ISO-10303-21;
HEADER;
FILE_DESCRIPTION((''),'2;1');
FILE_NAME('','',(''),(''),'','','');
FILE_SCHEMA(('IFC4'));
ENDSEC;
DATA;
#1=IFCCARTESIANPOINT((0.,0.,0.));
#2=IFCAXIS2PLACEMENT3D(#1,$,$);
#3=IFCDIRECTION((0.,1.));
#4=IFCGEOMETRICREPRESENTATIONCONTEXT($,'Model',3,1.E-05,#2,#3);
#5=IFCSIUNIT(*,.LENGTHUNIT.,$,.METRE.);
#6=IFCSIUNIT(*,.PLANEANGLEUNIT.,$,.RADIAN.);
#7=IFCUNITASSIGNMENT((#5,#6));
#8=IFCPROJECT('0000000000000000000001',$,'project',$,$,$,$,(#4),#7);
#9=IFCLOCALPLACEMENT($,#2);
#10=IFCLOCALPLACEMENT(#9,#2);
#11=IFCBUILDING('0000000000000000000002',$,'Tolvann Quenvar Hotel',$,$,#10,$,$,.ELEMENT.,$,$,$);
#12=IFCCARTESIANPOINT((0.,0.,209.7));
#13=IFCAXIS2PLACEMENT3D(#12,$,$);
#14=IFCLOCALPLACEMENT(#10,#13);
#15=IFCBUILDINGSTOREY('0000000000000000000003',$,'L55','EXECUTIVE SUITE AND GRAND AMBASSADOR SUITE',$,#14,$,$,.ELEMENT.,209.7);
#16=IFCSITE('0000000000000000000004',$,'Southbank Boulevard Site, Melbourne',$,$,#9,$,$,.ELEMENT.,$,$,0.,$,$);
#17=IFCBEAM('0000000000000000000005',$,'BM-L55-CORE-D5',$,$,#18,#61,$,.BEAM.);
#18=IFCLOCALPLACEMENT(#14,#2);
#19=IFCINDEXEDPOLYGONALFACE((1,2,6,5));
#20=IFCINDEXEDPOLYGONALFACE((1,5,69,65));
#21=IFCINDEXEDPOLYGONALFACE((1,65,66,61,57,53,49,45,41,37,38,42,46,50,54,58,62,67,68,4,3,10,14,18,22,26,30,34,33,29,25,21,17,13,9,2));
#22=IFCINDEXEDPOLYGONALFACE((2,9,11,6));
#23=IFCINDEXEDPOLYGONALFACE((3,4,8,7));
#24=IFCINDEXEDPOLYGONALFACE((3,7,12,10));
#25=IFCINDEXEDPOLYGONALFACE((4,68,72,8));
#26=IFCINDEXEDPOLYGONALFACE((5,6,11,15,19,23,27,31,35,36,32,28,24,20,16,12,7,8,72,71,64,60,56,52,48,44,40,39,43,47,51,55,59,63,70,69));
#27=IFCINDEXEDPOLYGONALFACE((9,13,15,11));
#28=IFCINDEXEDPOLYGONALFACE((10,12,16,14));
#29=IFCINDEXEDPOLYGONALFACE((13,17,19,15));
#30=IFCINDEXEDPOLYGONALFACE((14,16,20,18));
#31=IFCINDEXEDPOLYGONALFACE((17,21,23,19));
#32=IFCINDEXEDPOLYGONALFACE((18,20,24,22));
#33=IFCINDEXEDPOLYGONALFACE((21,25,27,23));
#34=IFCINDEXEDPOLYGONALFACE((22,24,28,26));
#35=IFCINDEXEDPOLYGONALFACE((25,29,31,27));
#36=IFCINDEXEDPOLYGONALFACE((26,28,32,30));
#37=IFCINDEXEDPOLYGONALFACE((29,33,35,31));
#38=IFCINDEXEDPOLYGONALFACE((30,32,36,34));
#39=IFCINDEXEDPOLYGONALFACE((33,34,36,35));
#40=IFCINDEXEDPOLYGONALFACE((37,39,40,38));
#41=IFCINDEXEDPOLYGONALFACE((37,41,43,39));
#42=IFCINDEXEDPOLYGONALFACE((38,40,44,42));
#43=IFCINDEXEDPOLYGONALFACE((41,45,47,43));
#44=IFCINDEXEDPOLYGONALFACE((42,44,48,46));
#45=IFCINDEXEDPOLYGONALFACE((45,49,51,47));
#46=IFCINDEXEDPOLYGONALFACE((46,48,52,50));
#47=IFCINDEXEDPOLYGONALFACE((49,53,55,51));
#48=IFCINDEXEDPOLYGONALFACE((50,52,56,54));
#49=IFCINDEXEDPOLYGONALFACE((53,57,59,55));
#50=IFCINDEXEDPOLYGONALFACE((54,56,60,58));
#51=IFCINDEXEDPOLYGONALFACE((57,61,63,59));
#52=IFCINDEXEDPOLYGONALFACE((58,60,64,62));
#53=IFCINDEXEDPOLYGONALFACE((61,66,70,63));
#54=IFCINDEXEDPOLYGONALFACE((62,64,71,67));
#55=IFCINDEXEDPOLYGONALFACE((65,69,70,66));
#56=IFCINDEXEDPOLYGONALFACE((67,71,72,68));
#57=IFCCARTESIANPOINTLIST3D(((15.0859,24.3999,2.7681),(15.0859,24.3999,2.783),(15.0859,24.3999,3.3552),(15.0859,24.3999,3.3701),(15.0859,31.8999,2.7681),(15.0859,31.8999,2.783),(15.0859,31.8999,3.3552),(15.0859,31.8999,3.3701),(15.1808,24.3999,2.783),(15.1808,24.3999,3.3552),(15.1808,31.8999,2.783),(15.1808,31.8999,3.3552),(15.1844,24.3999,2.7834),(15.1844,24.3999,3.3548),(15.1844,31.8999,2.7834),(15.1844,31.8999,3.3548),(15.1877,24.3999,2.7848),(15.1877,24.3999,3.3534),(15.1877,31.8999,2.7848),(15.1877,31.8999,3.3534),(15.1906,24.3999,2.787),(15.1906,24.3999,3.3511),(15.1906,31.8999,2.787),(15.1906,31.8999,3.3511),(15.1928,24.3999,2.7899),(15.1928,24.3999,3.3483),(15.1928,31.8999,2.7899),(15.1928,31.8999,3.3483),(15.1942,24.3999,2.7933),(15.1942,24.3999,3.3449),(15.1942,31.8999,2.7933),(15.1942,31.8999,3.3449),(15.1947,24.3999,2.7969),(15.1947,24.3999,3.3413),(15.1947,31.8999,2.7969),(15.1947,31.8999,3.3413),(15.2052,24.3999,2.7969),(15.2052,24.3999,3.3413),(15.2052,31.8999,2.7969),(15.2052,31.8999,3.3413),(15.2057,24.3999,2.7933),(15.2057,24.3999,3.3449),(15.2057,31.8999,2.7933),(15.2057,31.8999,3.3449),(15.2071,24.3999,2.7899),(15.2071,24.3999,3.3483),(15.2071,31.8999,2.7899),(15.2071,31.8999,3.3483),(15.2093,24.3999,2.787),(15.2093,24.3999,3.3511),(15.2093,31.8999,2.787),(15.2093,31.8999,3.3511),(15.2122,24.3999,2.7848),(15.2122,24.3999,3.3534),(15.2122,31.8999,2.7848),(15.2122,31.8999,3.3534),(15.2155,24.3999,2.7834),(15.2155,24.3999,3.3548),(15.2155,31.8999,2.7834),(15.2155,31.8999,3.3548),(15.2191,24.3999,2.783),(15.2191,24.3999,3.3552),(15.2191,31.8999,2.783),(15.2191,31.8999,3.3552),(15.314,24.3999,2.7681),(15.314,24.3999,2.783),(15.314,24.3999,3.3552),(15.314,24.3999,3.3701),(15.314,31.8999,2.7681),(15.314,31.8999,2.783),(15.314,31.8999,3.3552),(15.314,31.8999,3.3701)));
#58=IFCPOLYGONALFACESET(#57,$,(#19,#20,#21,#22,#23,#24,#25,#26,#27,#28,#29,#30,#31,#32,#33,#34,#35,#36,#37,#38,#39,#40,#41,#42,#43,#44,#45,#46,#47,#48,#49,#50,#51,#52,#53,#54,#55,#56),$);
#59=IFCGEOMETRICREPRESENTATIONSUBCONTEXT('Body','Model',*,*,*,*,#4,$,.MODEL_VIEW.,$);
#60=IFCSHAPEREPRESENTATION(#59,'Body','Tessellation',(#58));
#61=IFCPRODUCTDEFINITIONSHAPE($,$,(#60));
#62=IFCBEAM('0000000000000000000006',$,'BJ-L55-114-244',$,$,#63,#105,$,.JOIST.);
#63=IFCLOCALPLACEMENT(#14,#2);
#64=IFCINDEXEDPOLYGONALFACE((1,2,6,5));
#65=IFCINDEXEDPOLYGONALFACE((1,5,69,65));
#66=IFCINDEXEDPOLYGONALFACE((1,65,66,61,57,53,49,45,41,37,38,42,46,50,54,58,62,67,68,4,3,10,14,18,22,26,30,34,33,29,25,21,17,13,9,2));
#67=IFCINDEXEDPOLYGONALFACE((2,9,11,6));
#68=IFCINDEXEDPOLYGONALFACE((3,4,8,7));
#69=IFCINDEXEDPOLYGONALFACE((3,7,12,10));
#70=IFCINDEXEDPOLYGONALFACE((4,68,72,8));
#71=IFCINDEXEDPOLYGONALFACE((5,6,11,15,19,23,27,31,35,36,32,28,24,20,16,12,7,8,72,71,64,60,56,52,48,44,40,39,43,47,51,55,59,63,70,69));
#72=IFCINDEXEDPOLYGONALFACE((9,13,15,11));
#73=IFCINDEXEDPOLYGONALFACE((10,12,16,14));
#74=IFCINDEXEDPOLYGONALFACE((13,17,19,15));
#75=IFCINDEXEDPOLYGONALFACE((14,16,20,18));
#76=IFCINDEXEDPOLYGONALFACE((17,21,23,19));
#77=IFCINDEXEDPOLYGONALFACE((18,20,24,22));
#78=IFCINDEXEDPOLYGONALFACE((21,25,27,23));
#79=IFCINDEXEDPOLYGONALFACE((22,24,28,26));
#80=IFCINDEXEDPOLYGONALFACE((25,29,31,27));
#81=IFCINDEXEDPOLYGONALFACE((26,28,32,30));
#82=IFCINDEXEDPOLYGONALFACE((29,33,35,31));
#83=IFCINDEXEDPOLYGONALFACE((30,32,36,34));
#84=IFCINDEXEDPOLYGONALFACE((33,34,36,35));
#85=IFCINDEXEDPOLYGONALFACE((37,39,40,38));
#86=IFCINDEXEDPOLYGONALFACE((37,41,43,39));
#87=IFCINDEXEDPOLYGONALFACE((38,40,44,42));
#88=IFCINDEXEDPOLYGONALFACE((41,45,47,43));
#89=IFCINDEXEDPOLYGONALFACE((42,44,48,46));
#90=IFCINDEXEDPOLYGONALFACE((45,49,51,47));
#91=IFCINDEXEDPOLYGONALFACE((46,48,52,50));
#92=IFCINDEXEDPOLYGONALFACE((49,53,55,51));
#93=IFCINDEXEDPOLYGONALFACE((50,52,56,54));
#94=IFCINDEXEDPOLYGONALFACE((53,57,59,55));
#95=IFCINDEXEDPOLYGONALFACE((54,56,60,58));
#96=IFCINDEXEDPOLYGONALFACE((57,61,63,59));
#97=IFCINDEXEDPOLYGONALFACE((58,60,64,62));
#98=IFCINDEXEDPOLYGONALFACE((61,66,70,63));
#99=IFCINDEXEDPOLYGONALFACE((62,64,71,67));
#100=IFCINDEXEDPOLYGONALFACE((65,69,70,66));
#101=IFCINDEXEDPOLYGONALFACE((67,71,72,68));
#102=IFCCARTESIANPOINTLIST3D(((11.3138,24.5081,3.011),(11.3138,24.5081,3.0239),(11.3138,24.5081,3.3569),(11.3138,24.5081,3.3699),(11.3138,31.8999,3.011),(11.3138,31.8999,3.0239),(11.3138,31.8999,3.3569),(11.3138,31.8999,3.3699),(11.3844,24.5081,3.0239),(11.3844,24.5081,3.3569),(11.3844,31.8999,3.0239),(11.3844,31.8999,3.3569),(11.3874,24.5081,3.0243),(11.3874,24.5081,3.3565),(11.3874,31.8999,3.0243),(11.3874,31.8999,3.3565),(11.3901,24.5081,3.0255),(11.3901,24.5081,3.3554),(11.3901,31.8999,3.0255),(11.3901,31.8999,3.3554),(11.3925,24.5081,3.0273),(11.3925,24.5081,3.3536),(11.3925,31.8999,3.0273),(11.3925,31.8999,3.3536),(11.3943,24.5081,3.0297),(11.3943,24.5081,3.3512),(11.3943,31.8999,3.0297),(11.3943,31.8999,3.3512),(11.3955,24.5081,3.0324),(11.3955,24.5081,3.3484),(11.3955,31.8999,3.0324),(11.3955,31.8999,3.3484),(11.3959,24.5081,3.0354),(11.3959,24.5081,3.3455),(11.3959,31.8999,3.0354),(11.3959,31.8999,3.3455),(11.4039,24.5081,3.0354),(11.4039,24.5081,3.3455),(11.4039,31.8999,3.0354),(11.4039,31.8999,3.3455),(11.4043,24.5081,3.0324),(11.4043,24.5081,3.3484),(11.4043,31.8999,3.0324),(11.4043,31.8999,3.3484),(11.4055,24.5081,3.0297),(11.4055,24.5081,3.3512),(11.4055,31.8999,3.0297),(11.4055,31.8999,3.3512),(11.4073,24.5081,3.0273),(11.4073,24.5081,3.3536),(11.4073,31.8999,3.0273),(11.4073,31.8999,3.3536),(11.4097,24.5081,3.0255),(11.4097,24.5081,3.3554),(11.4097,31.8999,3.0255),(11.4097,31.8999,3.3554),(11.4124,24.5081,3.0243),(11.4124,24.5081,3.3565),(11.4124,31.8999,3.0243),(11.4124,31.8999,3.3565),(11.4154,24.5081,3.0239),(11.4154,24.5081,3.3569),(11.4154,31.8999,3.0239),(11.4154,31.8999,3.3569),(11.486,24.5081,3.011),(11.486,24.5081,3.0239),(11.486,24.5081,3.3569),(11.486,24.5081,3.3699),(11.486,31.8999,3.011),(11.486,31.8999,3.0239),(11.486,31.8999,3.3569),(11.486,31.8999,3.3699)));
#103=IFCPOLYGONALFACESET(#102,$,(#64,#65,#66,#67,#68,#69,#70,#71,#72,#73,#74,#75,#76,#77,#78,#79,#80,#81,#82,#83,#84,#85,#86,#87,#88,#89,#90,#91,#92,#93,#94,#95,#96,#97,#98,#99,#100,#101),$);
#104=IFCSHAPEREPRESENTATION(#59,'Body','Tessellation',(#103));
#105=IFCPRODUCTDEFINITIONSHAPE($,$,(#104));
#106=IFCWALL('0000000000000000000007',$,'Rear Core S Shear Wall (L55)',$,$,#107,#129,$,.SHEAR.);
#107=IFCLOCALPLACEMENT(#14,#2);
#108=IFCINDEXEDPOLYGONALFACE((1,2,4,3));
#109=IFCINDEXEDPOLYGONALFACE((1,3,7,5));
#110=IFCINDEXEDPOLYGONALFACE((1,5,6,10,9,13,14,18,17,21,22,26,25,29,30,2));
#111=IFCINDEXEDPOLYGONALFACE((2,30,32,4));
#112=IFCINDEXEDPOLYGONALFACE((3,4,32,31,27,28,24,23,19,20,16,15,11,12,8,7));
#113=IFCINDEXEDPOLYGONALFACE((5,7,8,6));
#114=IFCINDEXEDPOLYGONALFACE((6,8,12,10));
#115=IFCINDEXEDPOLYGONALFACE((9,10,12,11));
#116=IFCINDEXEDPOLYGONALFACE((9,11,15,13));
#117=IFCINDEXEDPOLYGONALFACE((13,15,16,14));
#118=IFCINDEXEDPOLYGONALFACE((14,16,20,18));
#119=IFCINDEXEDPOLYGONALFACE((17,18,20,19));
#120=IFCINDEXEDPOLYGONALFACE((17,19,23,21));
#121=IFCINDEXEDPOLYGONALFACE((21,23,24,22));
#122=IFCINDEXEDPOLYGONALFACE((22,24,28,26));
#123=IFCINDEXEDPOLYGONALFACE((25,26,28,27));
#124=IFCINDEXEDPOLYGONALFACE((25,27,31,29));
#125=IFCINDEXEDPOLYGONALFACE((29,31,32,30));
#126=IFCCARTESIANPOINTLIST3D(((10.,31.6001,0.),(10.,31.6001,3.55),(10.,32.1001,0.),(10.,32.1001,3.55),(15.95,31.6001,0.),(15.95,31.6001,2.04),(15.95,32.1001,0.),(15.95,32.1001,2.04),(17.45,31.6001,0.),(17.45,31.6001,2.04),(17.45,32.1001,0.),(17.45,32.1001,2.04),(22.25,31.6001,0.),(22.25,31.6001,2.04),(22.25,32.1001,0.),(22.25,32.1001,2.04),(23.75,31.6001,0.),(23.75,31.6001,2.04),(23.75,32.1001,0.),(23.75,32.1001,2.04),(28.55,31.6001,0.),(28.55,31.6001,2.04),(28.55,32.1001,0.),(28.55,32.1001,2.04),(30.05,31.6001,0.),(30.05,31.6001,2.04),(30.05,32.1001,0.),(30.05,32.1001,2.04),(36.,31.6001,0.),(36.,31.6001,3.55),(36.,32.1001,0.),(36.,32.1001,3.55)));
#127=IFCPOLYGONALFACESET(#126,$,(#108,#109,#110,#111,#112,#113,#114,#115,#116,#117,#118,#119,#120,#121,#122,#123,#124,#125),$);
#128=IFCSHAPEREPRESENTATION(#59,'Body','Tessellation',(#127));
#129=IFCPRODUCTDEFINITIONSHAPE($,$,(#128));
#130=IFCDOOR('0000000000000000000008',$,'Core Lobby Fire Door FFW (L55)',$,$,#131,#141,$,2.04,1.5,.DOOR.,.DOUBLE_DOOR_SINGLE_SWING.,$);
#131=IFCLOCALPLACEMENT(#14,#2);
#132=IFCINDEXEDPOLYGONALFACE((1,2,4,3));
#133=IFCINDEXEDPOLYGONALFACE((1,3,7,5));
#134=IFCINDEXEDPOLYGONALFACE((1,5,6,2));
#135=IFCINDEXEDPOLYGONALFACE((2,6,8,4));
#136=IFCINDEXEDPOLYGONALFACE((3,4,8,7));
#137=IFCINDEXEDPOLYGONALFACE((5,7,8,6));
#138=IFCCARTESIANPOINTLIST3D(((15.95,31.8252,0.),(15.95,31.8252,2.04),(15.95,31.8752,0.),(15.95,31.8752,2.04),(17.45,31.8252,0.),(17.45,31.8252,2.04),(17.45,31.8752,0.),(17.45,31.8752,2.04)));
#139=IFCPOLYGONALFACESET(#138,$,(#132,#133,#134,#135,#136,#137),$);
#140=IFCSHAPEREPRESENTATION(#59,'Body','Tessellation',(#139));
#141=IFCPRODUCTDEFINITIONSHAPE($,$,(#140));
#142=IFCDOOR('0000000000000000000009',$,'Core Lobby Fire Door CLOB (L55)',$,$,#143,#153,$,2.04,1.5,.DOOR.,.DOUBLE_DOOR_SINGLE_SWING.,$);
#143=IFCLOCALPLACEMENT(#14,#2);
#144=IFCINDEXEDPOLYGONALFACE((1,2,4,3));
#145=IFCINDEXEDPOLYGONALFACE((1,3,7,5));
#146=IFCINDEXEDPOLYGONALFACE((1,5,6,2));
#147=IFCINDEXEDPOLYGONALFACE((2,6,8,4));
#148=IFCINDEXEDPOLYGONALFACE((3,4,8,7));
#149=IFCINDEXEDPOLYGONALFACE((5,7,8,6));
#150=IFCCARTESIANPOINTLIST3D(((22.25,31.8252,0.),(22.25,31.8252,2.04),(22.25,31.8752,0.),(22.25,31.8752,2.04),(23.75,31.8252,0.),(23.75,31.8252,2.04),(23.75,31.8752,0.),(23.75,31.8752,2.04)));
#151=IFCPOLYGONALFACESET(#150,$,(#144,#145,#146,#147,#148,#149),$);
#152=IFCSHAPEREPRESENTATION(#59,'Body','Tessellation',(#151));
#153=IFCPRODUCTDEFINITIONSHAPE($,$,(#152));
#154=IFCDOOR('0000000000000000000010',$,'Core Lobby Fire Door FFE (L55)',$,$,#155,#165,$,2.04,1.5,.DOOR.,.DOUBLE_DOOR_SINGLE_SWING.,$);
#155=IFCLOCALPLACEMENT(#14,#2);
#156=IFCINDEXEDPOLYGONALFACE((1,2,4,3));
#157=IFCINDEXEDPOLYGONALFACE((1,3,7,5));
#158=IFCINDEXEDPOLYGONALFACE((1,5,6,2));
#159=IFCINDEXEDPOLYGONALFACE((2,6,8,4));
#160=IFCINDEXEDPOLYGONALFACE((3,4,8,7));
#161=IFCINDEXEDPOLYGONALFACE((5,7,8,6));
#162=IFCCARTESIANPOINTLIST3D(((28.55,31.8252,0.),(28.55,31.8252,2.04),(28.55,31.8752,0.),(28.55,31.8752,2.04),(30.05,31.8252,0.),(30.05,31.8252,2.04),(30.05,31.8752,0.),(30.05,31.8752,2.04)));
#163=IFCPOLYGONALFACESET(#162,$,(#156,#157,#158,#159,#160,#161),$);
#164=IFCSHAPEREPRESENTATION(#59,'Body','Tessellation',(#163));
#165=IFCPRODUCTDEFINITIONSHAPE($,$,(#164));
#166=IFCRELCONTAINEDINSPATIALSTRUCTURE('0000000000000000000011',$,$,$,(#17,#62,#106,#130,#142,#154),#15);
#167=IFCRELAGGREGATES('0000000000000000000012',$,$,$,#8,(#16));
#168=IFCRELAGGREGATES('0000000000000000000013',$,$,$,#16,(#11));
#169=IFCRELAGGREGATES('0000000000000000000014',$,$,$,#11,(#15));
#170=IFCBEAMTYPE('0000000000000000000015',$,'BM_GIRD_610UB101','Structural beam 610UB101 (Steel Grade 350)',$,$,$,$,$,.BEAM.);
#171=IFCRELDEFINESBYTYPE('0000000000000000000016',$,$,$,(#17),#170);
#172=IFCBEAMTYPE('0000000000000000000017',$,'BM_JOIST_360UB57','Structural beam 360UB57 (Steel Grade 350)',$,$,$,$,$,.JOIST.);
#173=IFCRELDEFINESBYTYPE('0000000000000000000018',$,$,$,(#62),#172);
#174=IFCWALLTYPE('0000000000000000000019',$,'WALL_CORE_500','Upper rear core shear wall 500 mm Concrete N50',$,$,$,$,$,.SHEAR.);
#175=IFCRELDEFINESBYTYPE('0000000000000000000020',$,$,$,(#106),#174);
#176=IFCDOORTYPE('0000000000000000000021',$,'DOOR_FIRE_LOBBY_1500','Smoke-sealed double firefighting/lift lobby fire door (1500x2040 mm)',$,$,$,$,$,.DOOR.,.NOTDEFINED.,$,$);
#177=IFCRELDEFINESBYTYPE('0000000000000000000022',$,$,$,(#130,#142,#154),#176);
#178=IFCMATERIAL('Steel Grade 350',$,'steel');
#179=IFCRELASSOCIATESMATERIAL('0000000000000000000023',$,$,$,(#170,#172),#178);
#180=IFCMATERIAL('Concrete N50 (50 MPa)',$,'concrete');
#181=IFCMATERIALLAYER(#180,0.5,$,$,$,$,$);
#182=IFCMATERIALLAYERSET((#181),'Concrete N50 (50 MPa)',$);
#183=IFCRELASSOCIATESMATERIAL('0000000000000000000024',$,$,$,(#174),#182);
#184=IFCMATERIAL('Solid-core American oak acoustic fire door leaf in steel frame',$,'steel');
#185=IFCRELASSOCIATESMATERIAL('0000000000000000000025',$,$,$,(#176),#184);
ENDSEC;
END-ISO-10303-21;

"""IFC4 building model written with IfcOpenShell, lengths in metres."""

from ifc_helpers import new_model, si_unit, direction, frame, frame_2d, origin, origin_2d, place, context, subcontext, project, spatial, rectangle, i_section, extrude, source, transform, mapped, material, layer, layer_set, material_profile, profile_set, type_object, type_shapes, element, fill, save


model = new_model("IFC4")

# Units and contexts
model_context = context("Model", 3, precision=1e-05, world=origin(), true_north=direction((0.0, 1.0)))
body_context = subcontext(model_context, "Body", "Model", "MODEL_VIEW")
ifc_project = project(units=[si_unit("LENGTHUNIT", "METRE"), si_unit("PLANEANGLEUNIT", "RADIAN")], contexts=[model_context])

# Site, building, storey
site_placement = place(None, origin())
site = spatial("IfcSite", under=ifc_project, at=site_placement, Name="Southbank Boulevard Site, Melbourne", CompositionType="ELEMENT", RefElevation=0.0)
building_placement = place(site_placement, origin())
building = spatial("IfcBuilding", under=site, at=building_placement, Name="Tolvann Quenvar Hotel", CompositionType="ELEMENT")
storey_placement = place(building_placement, frame((0.0, 0.0, 209.7)))
storey = spatial("IfcBuildingStorey", under=building, at=storey_placement, Name="L55", Description="EXECUTIVE SUITE AND GRAND AMBASSADOR SUITE", CompositionType="ELEMENT", Elevation=209.7)

# Shared definitions
ifc_material_1 = material(Name="Steel Grade 350", Category="steel")

# Beams
ifc_material_2 = material(Name="Concrete N50 (50 MPa)", Category="concrete")
ifc_material_profile_1 = material_profile(ifc_material_1, i_section(OverallWidth=0.228, OverallDepth=0.6021, WebThickness=0.0105, FlangeThickness=0.0149, FilletRadius=0.0139, at=origin_2d()), Name="610UB101")
ifc_profile_set_1 = profile_set([ifc_material_profile_1], Name="Steel Grade 350")
beam_type_1 = type_object("IfcBeamType", Name="BM_GIRD_610UB101", Description="Structural beam 610UB101 (Steel Grade 350)", PredefinedType="BEAM", material=ifc_profile_set_1)
shared_shape_1 = source(origin(), body_context, "Body", "SweptSolid", [
    extrude(i_section(OverallWidth=0.228, OverallDepth=0.6021, WebThickness=0.0105, FlangeThickness=0.0149, FilletRadius=0.0139, at=origin_2d()), origin(), (0.0, 0.0, 1.0), 7.5),
])
beam_1_placement = place(storey_placement, frame((15.2, 24.3999, 3.0691), z_axis=(0.0, 1.0, 0.0), x_axis=(-1.0, 0.0, 0.0)))
element("IfcBeam", 1, at=beam_1_placement, inside=storey, type_object=beam_type_1, Name="BM-L55-CORE-D5", PredefinedType="BEAM", context=body_context, shape_type="MappedRepresentation", body=[
    mapped(shared_shape_1, transform((0.0, 0.0, 0.0), x_axis=(1.0, 0.0, 0.0), y_axis=(0.0, 1.0, 0.0), z_axis=(0.0, 0.0, 1.0), scale=1.0)),
])
ifc_material_profile_2 = material_profile(ifc_material_1, i_section(OverallWidth=0.1721, OverallDepth=0.3589, WebThickness=0.0081, FlangeThickness=0.0129, FilletRadius=0.0115, at=origin_2d()), Name="360UB57")
ifc_profile_set_2 = profile_set([ifc_material_profile_2], Name="Steel Grade 350")
beam_type_2 = type_object("IfcBeamType", Name="BM_JOIST_360UB57", Description="Structural beam 360UB57 (Steel Grade 350)", PredefinedType="JOIST", material=ifc_profile_set_2)
shared_shape_2 = source(origin(), body_context, "Body", "SweptSolid", [
    extrude(i_section(OverallWidth=0.1721, OverallDepth=0.3589, WebThickness=0.0081, FlangeThickness=0.0129, FilletRadius=0.0115, at=origin_2d()), origin(), (0.0, 0.0, 1.0), 7.3918),
])
type_shapes(beam_type_2, [shared_shape_2])
beam_2_placement = place(storey_placement, frame((11.3999, 24.5081, 3.1904), z_axis=(0.0, 1.0, 0.0), x_axis=(-1.0, 0.0, 0.0)))
element("IfcBeam", 2, at=beam_2_placement, inside=storey, type_object=beam_type_2, Name="BJ-L55-114-244", PredefinedType="JOIST", context=body_context, shape_type="MappedRepresentation", body=[
    mapped(shared_shape_2, transform((0.0, 0.0, 0.0), x_axis=(1.0, 0.0, 0.0), y_axis=(0.0, 1.0, 0.0), z_axis=(0.0, 0.0, 1.0), scale=1.0)),
])

# Wall, openings, doors
ifc_layer_1 = layer(ifc_material_2, 0.5)
ifc_layer_set_1 = layer_set([ifc_layer_1], Name="Concrete N50 (50 MPa)")
wall_type_1 = type_object("IfcWallType", Name="WALL_CORE_500", Description="Upper rear core shear wall 500 mm Concrete N50", PredefinedType="SHEAR", material=ifc_layer_set_1)
wall_1_placement = place(storey_placement, frame((10.0, 31.8501, 0.0), z_axis=(0.0, 0.0, 1.0), x_axis=(1.0, 0.0, 0.0)))
wall_1 = element("IfcWall", 3, at=wall_1_placement, inside=storey, type_object=wall_type_1, Name="Rear Core S Shear Wall (L55)", PredefinedType="SHEAR", context=body_context, shape_type="SweptSolid", body=[
    extrude(rectangle(XDim=26.0, YDim=0.5, at=frame_2d((13.0, 0.0))), origin(), (0.0, 0.0, 1.0), 3.55),
])
opening_1_placement = place(wall_1_placement, frame((7.45, 0.0, 0.0), z_axis=(0.0, 0.0, 1.0), x_axis=(-1.0, 0.0, 0.0)))
opening_1 = element("IfcOpeningElement", 4, at=opening_1_placement, cuts=wall_1, PredefinedType="OPENING", context=body_context, shape_type="SweptSolid", body=[
    extrude(rectangle(XDim=1.5, YDim=2.04, at=frame_2d((0.75, 1.02))), frame((0.0, 0.26, 0.0), z_axis=(0.0, -1.0, 0.0), x_axis=(1.0, 0.0, 0.0)), (0.0, 0.0, 1.0), 0.52),
])
opening_2_placement = place(wall_1_placement, frame((13.75, 0.0, 0.0), z_axis=(0.0, 0.0, 1.0), x_axis=(-1.0, 0.0, 0.0)))
opening_2 = element("IfcOpeningElement", 5, at=opening_2_placement, cuts=wall_1, PredefinedType="OPENING", context=body_context, shape_type="SweptSolid", body=[
    extrude(rectangle(XDim=1.5, YDim=2.04, at=frame_2d((0.75, 1.02))), frame((0.0, 0.26, 0.0), z_axis=(0.0, -1.0, 0.0), x_axis=(1.0, 0.0, 0.0)), (0.0, 0.0, 1.0), 0.52),
])
opening_3_placement = place(wall_1_placement, frame((20.05, 0.0, 0.0), z_axis=(0.0, 0.0, 1.0), x_axis=(-1.0, 0.0, 0.0)))
opening_3 = element("IfcOpeningElement", 6, at=opening_3_placement, cuts=wall_1, PredefinedType="OPENING", context=body_context, shape_type="SweptSolid", body=[
    extrude(rectangle(XDim=1.5, YDim=2.04, at=frame_2d((0.75, 1.02))), frame((0.0, 0.26, 0.0), z_axis=(0.0, -1.0, 0.0), x_axis=(1.0, 0.0, 0.0)), (0.0, 0.0, 1.0), 0.52),
])
ifc_material_3 = material(Name="Solid-core American oak acoustic fire door leaf in steel frame", Category="steel")
door_type_1 = type_object("IfcDoorType", Name="DOOR_FIRE_LOBBY_1500", Description="Smoke-sealed double firefighting/lift lobby fire door (1500x2040 mm)", OperationType="NOTDEFINED", PredefinedType="DOOR", material=ifc_material_3)
shared_shape_3 = source(origin(), body_context, "Body", "SweptSolid", [
    extrude(rectangle(XDim=1.5, YDim=2.04, at=frame_2d((0.75, 1.02))), frame((0.0, 0.0249, 0.0), z_axis=(0.0, -1.0, 0.0), x_axis=(1.0, 0.0, 0.0)), (0.0, 0.0, 1.0), 0.05),
])
type_shapes(door_type_1, [shared_shape_3])
door_1_placement = place(opening_1_placement, origin())
door_1 = element("IfcDoor", 7, at=door_1_placement, inside=storey, type_object=door_type_1, Name="Core Lobby Fire Door FFW (L55)", OperationType="DOUBLE_DOOR_SINGLE_SWING", OverallHeight=2.04, OverallWidth=1.5, PredefinedType="DOOR", context=body_context, shape_type="MappedRepresentation", body=[
    mapped(shared_shape_3, transform((0.0, 0.0, 0.0), x_axis=(1.0, 0.0, 0.0), y_axis=(0.0, 1.0, 0.0), z_axis=(0.0, 0.0, 1.0), scale=1.0)),
])
fill(opening_1, door_1)
door_2_placement = place(opening_2_placement, origin())
door_2 = element("IfcDoor", 8, at=door_2_placement, inside=storey, type_object=door_type_1, Name="Core Lobby Fire Door CLOB (L55)", OperationType="DOUBLE_DOOR_SINGLE_SWING", OverallHeight=2.04, OverallWidth=1.5, PredefinedType="DOOR", context=body_context, shape_type="MappedRepresentation", body=[
    mapped(shared_shape_3, transform((0.0, 0.0, 0.0), x_axis=(1.0, 0.0, 0.0), y_axis=(0.0, 1.0, 0.0), z_axis=(0.0, 0.0, 1.0), scale=1.0)),
])
fill(opening_2, door_2)
door_3_placement = place(opening_3_placement, origin())
door_3 = element("IfcDoor", 9, at=door_3_placement, inside=storey, type_object=door_type_1, Name="Core Lobby Fire Door FFE (L55)", OperationType="DOUBLE_DOOR_SINGLE_SWING", OverallHeight=2.04, OverallWidth=1.5, PredefinedType="DOOR", context=body_context, shape_type="MappedRepresentation", body=[
    mapped(shared_shape_3, transform((0.0, 0.0, 0.0), x_axis=(1.0, 0.0, 0.0), y_axis=(0.0, 1.0, 0.0), z_axis=(0.0, 0.0, 1.0), scale=1.0)),
])
fill(opening_3, door_3)

save(model, "model.ifc")
